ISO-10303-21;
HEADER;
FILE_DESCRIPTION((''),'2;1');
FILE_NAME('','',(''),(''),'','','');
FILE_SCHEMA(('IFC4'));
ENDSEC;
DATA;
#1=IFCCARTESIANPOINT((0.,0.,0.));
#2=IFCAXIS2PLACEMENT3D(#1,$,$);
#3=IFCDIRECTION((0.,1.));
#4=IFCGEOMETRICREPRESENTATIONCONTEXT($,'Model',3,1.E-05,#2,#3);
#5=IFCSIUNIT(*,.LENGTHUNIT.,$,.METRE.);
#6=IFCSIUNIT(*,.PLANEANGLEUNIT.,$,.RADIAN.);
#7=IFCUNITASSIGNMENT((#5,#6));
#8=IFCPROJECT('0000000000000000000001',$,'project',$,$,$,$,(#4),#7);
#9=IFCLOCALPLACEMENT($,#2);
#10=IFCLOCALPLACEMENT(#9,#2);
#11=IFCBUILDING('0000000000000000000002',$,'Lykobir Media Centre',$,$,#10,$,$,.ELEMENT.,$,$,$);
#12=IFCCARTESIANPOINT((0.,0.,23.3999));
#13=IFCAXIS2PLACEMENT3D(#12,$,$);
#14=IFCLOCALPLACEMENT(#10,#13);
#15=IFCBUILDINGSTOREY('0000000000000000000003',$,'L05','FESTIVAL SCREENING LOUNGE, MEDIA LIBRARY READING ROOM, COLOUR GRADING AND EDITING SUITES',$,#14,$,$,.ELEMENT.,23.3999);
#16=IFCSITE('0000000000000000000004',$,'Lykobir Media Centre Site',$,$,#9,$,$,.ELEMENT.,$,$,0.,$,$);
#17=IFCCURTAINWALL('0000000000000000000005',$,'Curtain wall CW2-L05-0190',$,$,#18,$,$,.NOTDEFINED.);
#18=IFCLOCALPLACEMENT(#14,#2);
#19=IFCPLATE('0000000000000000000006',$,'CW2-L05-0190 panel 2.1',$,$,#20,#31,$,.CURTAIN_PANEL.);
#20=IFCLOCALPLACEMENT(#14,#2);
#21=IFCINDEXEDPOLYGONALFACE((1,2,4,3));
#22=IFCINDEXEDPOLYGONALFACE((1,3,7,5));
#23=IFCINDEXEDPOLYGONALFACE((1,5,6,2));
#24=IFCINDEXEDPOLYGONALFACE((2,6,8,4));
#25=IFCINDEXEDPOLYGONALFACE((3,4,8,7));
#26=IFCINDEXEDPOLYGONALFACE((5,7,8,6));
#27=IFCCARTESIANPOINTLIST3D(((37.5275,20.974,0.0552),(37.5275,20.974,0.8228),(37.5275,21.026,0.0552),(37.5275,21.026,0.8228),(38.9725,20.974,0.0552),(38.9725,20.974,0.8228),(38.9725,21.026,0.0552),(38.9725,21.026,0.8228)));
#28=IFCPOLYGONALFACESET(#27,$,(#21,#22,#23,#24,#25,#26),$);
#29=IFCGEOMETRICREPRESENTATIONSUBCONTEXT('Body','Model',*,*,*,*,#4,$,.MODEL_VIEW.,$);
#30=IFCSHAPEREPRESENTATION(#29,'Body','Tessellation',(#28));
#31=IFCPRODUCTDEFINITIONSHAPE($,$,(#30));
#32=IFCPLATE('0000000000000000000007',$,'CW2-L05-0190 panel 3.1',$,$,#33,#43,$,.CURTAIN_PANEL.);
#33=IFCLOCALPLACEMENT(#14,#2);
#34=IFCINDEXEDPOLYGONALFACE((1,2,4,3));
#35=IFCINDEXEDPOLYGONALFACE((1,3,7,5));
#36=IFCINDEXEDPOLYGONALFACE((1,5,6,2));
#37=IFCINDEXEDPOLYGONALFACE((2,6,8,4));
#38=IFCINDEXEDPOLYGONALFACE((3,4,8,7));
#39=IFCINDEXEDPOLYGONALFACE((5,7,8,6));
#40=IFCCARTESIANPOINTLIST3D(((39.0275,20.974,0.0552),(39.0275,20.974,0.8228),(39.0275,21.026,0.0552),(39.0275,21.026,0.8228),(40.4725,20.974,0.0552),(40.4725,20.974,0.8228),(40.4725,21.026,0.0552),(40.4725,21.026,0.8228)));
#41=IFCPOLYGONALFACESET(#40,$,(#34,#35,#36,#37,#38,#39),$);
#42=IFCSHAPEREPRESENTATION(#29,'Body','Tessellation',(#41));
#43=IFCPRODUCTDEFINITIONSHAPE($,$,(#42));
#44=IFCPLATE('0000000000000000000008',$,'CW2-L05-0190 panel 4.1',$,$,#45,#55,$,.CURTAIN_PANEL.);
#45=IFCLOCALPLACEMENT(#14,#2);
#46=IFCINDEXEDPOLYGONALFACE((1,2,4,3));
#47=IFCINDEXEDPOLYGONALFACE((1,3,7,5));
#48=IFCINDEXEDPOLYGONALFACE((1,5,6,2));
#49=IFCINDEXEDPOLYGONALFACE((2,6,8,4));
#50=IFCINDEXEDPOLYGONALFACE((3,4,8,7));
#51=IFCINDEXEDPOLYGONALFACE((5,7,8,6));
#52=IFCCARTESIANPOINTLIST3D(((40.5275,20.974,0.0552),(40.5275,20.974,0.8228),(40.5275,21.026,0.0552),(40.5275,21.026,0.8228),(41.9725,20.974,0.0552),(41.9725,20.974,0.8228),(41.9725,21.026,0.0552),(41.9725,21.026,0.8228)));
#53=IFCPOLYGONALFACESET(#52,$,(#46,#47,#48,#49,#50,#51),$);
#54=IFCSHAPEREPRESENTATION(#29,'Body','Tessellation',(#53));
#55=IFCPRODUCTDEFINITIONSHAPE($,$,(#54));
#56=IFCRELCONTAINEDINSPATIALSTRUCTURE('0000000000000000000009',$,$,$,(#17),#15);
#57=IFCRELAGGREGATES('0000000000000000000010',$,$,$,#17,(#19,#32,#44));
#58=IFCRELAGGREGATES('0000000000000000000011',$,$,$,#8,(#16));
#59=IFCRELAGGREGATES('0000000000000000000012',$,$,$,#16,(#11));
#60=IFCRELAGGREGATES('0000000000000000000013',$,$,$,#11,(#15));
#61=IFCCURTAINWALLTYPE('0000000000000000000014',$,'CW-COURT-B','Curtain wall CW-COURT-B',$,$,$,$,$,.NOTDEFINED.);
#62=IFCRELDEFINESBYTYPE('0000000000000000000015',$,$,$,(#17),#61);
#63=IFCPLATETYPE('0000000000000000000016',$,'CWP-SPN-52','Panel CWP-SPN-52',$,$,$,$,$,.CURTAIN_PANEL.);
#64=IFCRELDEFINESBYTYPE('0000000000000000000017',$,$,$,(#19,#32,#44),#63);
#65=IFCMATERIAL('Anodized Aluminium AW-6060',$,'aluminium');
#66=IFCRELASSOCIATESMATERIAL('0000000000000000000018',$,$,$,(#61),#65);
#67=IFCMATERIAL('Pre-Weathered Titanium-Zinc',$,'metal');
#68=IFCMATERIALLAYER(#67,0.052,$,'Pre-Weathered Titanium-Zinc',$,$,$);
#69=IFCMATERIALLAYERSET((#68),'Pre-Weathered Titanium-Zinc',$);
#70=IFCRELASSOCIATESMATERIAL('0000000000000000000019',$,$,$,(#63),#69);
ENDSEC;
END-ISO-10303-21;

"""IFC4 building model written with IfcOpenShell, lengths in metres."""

from ifc_helpers import new_model, si_unit, direction, frame, origin, origin_2d, place, context, subcontext, project, spatial, rectangle, extrude, material, layer, layer_set, type_object, element, aggregate, save


model = new_model("IFC4")

# Units and contexts
model_context = context("Model", 3, precision=1e-05, world=origin(), true_north=direction((0.0, 1.0)))
body_context = subcontext(model_context, "Body", "Model", "MODEL_VIEW")
ifc_project = project(units=[si_unit("LENGTHUNIT", "METRE"), si_unit("PLANEANGLEUNIT", "RADIAN")], contexts=[model_context])

# Site, building, storey
site_placement = place(None, origin())
site = spatial("IfcSite", under=ifc_project, at=site_placement, Name="Lykobir Media Centre Site", CompositionType="ELEMENT", RefElevation=0.0)
building_placement = place(site_placement, origin())
building = spatial("IfcBuilding", under=site, at=building_placement, Name="Lykobir Media Centre", CompositionType="ELEMENT")
storey_placement = place(building_placement, frame((0.0, 0.0, 23.3999)))
storey = spatial("IfcBuildingStorey", under=building, at=storey_placement, Name="L05", Description="FESTIVAL SCREENING LOUNGE, MEDIA LIBRARY READING ROOM, COLOUR GRADING AND EDITING SUITES", CompositionType="ELEMENT", Elevation=23.3999)

# Curtain wall, plates
ifc_material_1 = material(Name="Anodized Aluminium AW-6060", Category="aluminium")
curtain_wall_type = type_object("IfcCurtainWallType", Name="CW-COURT-B", Description="Curtain wall CW-COURT-B", PredefinedType="NOTDEFINED", material=ifc_material_1)
curtain_wall_placement = place(storey_placement, origin())
curtain_wall = element("IfcCurtainWall", 1, at=curtain_wall_placement, inside=storey, type_object=curtain_wall_type, Name="Curtain wall CW2-L05-0190", PredefinedType="NOTDEFINED")
ifc_material_2 = material(Name="Pre-Weathered Titanium-Zinc", Category="metal")
ifc_layer_1 = layer(ifc_material_2, 0.052, Name="Pre-Weathered Titanium-Zinc")
ifc_layer_set_1 = layer_set([ifc_layer_1], Name="Pre-Weathered Titanium-Zinc")
plate_type_1 = type_object("IfcPlateType", Name="CWP-SPN-52", Description="Panel CWP-SPN-52", PredefinedType="CURTAIN_PANEL", material=ifc_layer_set_1)
plate_1_placement = place(storey_placement, frame((38.25, 21.0, 0.0552), z_axis=(0.0, 0.0, 1.0), x_axis=(1.0, 0.0, 0.0)))
plate_1 = element("IfcPlate", 2, at=plate_1_placement, type_object=plate_type_1, Name="CW2-L05-0190 panel 2.1", PredefinedType="CURTAIN_PANEL", context=body_context, shape_type="SweptSolid", body=[
    extrude(rectangle(XDim=1.4451, YDim=0.052, at=origin_2d()), origin(), (0.0, 0.0, 1.0), 0.7676),
])
plate_2_placement = place(storey_placement, frame((39.75, 21.0, 0.0552), z_axis=(0.0, 0.0, 1.0), x_axis=(1.0, 0.0, 0.0)))
plate_2 = element("IfcPlate", 3, at=plate_2_placement, type_object=plate_type_1, Name="CW2-L05-0190 panel 3.1", PredefinedType="CURTAIN_PANEL", context=body_context, shape_type="SweptSolid", body=[
    extrude(rectangle(XDim=1.4451, YDim=0.052, at=origin_2d()), origin(), (0.0, 0.0, 1.0), 0.7676),
])
plate_3_placement = place(storey_placement, frame((41.25, 21.0, 0.0552), z_axis=(0.0, 0.0, 1.0), x_axis=(1.0, 0.0, 0.0)))
plate_3 = element("IfcPlate", 4, at=plate_3_placement, type_object=plate_type_1, Name="CW2-L05-0190 panel 4.1", PredefinedType="CURTAIN_PANEL", context=body_context, shape_type="SweptSolid", body=[
    extrude(rectangle(XDim=1.4451, YDim=0.052, at=origin_2d()), origin(), (0.0, 0.0, 1.0), 0.7676),
])
aggregate(curtain_wall, [plate_1, plate_2, plate_3])

save(model, "model.ifc")
